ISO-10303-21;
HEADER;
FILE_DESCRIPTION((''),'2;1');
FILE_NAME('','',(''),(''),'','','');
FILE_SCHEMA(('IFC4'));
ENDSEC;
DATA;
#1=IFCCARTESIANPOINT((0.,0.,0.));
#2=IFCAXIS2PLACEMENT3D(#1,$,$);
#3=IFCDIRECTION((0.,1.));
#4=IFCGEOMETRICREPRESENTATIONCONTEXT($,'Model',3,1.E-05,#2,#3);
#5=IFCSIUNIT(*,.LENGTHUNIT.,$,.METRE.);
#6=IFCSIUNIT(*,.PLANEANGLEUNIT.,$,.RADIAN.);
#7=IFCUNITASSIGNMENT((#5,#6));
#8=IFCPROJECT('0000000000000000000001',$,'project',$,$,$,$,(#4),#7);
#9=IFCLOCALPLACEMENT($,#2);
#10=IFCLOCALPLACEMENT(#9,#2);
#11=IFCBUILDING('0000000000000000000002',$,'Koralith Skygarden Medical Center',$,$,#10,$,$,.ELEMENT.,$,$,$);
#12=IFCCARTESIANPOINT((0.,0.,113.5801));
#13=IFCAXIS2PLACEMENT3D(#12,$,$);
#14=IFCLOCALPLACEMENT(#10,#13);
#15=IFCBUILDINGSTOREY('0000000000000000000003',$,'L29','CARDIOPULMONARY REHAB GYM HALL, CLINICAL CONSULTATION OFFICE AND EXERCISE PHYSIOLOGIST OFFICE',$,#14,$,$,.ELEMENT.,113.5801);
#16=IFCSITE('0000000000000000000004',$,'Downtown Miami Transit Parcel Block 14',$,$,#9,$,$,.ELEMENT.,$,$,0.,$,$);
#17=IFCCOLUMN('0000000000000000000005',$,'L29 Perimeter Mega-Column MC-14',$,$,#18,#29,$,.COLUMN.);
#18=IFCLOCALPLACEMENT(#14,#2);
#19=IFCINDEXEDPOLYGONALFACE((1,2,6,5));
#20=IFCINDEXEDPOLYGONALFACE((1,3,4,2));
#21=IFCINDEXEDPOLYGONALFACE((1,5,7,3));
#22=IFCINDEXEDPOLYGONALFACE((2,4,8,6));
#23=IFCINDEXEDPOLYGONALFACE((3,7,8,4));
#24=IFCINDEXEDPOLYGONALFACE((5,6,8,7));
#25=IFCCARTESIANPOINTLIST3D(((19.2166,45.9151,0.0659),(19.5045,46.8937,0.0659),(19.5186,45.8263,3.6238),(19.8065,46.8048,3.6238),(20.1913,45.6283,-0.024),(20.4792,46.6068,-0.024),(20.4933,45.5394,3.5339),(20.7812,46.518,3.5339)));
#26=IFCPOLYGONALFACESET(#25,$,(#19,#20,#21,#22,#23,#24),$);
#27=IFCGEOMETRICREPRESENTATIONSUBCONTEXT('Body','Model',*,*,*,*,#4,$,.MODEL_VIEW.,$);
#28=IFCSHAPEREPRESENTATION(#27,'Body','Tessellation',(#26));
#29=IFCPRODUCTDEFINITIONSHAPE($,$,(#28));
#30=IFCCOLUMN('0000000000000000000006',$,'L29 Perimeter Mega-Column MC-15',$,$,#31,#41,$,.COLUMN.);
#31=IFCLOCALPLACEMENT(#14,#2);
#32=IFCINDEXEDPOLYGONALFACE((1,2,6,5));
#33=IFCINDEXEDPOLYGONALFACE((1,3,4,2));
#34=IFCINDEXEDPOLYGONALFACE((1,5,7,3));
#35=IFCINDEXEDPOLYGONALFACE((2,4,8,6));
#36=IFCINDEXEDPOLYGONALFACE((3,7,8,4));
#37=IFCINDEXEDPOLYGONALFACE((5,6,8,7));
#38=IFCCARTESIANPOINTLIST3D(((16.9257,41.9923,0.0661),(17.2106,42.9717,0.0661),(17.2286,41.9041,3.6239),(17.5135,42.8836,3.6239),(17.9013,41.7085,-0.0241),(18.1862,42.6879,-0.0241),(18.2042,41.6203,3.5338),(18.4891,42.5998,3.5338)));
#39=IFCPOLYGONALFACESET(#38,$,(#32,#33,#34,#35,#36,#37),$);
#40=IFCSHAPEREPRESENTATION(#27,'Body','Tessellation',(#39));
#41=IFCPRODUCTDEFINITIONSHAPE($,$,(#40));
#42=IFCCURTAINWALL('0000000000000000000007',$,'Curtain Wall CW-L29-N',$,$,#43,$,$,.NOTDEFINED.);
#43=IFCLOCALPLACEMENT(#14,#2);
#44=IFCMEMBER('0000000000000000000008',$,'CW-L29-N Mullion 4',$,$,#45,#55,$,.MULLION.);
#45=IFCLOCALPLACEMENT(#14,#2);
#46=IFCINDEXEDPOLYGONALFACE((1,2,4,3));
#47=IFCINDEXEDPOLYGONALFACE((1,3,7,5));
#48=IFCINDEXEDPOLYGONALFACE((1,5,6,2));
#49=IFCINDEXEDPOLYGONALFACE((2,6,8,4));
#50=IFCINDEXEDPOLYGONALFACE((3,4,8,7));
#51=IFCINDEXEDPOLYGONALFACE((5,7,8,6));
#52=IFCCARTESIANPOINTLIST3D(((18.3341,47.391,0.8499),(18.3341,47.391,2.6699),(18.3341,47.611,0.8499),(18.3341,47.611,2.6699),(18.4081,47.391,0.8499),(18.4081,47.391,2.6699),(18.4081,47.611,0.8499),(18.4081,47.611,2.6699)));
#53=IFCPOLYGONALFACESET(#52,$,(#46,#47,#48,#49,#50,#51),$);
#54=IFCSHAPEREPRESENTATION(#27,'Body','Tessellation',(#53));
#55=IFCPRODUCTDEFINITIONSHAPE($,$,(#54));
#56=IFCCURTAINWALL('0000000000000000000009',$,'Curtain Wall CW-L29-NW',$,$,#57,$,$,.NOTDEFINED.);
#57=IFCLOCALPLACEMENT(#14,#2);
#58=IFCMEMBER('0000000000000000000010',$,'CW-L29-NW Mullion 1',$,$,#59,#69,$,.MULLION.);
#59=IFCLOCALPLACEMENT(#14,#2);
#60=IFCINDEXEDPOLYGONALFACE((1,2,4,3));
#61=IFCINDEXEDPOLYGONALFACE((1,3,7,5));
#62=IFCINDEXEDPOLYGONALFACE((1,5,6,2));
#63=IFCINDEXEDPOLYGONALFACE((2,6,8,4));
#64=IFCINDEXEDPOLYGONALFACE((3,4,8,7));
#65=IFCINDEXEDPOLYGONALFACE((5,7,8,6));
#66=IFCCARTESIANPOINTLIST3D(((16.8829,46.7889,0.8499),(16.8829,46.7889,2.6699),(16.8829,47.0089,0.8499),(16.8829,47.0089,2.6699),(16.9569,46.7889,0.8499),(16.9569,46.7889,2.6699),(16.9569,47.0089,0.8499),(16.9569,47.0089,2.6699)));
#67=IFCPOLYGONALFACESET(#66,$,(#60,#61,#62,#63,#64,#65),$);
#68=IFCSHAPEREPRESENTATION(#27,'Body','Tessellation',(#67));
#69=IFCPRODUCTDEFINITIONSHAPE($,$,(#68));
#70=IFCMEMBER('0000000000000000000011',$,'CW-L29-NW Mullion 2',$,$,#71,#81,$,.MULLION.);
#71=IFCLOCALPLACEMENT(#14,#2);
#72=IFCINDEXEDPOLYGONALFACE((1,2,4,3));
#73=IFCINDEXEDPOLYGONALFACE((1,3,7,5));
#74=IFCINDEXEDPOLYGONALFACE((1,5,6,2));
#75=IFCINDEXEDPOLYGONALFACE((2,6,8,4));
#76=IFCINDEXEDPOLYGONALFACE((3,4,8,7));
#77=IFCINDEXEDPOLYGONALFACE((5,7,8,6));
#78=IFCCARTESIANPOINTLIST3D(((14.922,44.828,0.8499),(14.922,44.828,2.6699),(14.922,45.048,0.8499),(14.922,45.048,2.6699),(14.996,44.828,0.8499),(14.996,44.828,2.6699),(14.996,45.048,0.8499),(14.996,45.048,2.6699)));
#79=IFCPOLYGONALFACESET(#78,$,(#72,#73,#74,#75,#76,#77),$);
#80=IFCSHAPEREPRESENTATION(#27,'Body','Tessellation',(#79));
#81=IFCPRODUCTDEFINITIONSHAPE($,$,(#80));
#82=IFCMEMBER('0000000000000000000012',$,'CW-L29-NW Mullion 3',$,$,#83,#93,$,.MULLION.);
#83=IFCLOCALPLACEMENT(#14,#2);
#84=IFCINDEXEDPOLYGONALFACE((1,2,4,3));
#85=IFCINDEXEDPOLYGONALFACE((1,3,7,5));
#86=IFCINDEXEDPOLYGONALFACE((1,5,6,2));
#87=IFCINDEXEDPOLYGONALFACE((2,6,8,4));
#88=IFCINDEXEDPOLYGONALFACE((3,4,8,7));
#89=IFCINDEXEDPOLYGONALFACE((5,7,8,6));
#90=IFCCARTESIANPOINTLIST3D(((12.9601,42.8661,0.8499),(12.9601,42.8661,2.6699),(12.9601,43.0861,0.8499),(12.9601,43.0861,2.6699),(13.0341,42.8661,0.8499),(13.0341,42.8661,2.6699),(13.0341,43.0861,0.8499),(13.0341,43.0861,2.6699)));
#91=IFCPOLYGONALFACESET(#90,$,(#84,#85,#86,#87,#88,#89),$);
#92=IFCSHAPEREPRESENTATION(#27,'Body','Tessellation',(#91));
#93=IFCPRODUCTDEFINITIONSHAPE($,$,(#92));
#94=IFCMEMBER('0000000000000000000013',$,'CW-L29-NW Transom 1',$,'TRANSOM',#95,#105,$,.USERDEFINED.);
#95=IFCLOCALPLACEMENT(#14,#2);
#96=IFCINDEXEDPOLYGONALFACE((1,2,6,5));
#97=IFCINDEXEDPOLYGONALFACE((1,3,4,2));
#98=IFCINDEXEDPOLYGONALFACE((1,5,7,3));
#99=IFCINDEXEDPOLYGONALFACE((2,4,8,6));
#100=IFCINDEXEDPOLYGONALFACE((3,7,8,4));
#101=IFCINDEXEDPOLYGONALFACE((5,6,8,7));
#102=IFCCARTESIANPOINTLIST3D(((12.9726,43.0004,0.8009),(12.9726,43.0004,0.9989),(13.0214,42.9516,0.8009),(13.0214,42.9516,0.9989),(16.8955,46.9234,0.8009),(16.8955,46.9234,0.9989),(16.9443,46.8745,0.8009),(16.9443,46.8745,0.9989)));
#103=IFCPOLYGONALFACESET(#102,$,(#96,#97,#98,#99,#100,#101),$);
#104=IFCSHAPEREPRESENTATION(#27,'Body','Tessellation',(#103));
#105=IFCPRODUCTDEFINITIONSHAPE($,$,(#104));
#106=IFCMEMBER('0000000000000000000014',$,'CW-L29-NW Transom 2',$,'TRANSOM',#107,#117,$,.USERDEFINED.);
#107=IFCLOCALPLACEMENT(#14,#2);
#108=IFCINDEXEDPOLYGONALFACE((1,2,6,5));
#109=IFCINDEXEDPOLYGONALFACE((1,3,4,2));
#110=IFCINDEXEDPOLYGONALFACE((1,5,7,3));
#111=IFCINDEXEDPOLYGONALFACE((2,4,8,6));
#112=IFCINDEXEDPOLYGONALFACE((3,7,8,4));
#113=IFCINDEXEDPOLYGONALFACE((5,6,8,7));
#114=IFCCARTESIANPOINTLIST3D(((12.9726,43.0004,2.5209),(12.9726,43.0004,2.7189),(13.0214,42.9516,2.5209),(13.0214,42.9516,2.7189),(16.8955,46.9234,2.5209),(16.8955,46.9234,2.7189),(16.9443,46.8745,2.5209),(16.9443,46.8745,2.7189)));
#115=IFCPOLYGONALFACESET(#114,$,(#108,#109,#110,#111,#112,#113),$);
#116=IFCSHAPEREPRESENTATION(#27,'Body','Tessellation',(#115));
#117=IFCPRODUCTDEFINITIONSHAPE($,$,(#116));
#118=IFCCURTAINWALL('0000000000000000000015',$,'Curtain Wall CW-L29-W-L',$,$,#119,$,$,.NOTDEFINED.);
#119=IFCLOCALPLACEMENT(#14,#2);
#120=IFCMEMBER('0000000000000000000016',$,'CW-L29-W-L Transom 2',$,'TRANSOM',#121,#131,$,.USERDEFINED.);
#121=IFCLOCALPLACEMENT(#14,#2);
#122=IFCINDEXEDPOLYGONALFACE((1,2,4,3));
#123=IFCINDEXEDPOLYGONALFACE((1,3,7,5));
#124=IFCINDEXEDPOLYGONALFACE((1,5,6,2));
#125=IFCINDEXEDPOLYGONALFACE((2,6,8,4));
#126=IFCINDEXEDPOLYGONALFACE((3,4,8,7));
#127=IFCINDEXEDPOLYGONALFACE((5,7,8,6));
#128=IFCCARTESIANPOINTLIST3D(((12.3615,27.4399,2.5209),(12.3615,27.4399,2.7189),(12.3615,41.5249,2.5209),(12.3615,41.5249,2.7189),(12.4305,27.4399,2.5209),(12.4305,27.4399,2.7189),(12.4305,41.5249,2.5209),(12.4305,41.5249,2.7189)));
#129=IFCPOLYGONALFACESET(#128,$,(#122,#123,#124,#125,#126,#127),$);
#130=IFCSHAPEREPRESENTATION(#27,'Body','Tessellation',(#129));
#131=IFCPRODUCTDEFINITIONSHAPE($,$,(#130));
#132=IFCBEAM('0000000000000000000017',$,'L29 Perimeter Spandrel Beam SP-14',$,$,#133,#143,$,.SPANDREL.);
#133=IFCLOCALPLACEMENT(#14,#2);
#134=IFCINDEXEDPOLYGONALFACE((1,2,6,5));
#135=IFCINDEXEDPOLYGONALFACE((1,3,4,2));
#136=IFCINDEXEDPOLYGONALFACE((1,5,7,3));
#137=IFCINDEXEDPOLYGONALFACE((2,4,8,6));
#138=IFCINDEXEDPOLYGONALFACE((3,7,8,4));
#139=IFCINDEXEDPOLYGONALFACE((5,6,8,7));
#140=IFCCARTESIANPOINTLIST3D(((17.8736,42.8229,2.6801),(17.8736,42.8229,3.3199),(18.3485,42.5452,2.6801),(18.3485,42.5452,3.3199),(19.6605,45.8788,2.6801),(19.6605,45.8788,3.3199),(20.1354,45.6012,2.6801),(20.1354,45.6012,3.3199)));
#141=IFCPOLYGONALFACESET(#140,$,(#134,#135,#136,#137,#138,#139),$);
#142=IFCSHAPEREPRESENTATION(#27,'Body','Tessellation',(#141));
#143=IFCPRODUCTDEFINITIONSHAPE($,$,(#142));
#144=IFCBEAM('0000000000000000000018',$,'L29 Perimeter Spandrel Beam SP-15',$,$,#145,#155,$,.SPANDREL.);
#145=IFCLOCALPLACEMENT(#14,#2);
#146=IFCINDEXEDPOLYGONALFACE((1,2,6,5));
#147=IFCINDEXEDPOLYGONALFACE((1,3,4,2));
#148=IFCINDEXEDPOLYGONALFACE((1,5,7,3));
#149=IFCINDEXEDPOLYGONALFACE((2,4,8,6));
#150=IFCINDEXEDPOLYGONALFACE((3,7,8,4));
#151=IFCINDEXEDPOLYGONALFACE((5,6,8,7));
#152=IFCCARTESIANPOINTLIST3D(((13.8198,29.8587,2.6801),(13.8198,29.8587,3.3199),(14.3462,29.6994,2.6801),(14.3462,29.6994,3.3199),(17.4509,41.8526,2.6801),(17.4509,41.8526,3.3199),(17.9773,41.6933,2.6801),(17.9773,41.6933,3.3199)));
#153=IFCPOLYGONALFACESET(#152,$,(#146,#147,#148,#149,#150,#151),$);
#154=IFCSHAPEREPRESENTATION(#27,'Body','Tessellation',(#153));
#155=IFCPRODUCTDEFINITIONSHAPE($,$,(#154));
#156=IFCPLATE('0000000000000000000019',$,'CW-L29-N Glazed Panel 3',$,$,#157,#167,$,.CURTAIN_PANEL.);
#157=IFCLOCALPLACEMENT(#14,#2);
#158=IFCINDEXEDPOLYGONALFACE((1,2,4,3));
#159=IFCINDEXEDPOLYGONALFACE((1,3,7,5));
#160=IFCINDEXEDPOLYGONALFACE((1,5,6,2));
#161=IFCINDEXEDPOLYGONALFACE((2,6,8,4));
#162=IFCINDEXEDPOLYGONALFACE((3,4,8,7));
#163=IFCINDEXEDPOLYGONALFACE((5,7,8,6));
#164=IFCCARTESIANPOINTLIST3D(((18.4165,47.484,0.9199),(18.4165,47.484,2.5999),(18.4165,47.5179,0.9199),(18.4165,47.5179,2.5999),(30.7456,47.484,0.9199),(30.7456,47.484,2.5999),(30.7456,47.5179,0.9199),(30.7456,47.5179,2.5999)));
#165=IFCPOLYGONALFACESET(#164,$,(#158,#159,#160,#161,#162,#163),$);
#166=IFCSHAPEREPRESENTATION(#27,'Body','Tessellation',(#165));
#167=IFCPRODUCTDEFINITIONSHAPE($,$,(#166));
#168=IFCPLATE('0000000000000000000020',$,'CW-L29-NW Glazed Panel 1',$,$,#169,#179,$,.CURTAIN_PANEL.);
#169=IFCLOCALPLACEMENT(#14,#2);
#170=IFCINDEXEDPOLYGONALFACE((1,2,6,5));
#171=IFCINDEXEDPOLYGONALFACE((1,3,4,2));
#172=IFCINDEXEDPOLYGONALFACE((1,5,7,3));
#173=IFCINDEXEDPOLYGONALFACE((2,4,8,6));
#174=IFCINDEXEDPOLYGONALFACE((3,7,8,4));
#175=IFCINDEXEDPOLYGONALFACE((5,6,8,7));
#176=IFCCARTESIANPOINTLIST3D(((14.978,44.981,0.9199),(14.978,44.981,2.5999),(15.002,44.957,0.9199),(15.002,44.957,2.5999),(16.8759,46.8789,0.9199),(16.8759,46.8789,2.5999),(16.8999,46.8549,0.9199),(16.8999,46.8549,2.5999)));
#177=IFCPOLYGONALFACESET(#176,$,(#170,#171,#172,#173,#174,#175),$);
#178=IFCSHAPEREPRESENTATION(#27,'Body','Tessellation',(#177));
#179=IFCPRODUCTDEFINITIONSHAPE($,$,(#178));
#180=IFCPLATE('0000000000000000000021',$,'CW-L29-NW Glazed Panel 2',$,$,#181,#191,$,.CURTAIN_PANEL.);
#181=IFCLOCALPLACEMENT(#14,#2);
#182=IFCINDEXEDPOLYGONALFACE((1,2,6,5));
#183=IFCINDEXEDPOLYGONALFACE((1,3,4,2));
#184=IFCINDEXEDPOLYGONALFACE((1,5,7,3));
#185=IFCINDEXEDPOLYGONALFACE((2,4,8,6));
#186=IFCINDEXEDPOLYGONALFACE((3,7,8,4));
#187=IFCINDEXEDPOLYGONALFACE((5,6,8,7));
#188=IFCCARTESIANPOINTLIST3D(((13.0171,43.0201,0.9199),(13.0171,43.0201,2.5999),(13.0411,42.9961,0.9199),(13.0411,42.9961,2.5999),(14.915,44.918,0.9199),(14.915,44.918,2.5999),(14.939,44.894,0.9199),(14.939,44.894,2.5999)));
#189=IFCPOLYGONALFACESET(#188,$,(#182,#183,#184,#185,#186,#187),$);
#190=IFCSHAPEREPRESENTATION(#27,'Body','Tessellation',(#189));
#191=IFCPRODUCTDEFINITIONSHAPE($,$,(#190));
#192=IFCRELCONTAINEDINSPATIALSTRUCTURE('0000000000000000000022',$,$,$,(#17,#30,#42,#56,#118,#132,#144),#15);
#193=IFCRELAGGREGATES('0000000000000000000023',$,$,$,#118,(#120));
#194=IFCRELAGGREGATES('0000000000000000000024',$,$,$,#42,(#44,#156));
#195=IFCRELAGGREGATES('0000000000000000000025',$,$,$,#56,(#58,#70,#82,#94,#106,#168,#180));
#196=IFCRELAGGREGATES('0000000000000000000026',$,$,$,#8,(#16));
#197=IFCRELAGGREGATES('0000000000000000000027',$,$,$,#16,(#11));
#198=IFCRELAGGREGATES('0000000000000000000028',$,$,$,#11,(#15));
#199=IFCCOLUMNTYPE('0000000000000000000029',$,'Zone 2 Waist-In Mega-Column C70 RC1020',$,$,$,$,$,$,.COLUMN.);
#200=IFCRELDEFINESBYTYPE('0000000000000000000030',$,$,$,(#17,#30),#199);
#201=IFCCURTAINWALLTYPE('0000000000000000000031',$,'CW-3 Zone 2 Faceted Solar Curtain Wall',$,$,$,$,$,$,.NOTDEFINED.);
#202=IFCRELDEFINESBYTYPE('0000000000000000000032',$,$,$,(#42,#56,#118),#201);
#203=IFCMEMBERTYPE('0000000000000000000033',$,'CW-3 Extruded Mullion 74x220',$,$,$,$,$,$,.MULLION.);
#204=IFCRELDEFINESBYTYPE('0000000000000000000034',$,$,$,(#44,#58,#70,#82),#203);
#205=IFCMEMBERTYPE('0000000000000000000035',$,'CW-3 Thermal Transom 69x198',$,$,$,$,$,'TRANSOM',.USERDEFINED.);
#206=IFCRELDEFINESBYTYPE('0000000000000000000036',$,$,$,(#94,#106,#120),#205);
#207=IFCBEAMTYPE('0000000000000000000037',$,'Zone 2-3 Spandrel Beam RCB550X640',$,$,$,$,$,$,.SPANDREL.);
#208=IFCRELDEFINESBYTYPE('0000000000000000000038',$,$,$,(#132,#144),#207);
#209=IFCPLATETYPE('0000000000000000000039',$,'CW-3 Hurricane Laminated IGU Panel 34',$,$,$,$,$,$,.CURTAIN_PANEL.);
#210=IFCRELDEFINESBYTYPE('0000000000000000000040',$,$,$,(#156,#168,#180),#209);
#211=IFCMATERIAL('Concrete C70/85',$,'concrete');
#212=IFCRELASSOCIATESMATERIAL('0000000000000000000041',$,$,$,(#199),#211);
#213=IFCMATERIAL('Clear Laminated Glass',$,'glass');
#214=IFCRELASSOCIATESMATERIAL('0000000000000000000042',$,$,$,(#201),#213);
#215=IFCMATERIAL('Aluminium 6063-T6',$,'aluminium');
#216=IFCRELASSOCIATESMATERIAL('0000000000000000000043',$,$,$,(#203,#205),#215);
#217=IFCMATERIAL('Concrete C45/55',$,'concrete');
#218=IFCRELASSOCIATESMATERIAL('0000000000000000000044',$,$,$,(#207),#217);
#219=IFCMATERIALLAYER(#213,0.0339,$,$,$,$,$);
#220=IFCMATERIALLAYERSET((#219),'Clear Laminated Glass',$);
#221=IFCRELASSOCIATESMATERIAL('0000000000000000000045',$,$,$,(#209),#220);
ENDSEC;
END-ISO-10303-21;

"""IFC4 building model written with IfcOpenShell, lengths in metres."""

from ifc_helpers import new_model, si_unit, direction, frame, origin, origin_2d, place, context, subcontext, project, spatial, rectangle, extrude, material, layer, layer_set, material_profile, profile_set, type_object, element, aggregate, save


model = new_model("IFC4")

# Units and contexts
model_context = context("Model", 3, precision=1e-05, world=origin(), true_north=direction((0.0, 1.0)))
body_context = subcontext(model_context, "Body", "Model", "MODEL_VIEW")
ifc_project = project(units=[si_unit("LENGTHUNIT", "METRE"), si_unit("PLANEANGLEUNIT", "RADIAN")], contexts=[model_context])

# Site, building, storey
site_placement = place(None, origin())
site = spatial("IfcSite", under=ifc_project, at=site_placement, Name="Downtown Miami Transit Parcel Block 14", CompositionType="ELEMENT", RefElevation=0.0)
building_placement = place(site_placement, origin())
building = spatial("IfcBuilding", under=site, at=building_placement, Name="Koralith Skygarden Medical Center", CompositionType="ELEMENT")
storey_placement = place(building_placement, frame((0.0, 0.0, 113.5801)))
storey = spatial("IfcBuildingStorey", under=building, at=storey_placement, Name="L29", Description="CARDIOPULMONARY REHAB GYM HALL, CLINICAL CONSULTATION OFFICE AND EXERCISE PHYSIOLOGIST OFFICE", CompositionType="ELEMENT", Elevation=113.5801)

# Columns
ifc_material_1 = material(Name="Concrete C70/85", Category="concrete")
ifc_material_profile_1 = material_profile(ifc_material_1, rectangle(XDim=1.02, YDim=1.02, at=origin_2d()), Name="RC1020X1020")
ifc_profile_set_1 = profile_set([ifc_material_profile_1], Name="Concrete C70/85")
column_type = type_object("IfcColumnType", Name="Zone 2 Waist-In Mega-Column C70 RC1020", PredefinedType="COLUMN", material=ifc_profile_set_1)
for number, where, z_axis, x_axis, name in (
    (1, (19.8479, 46.261, 0.021), (0.084553, -0.02488, 0.996108), (0.282292, 0.959328, 0.0), "L29 Perimeter Mega-Column MC-14"),
    (2, (17.5559, 42.3401, 0.021), (0.084825, -0.024675, 0.99609), (0.279317, 0.960199, 0.0), "L29 Perimeter Mega-Column MC-15"),
):
    element("IfcColumn", number, at=place(storey_placement, frame(where, z_axis=z_axis, x_axis=x_axis)), inside=storey, type_object=column_type, Name=name, PredefinedType="COLUMN", context=body_context, shape_type="SweptSolid", body=[
        extrude(rectangle(XDim=1.02, YDim=1.02, at=origin_2d()), origin(), (0.0, 0.0, 1.0), 3.5718),
    ])

# Curtain wall, member
ifc_material_2 = material(Name="Clear Laminated Glass", Category="glass")
curtain_wall_type = type_object("IfcCurtainWallType", Name="CW-3 Zone 2 Faceted Solar Curtain Wall", PredefinedType="NOTDEFINED", material=ifc_material_2)
curtain_wall_1_placement = place(storey_placement, origin())
curtain_wall_1 = element("IfcCurtainWall", 3, at=curtain_wall_1_placement, inside=storey, type_object=curtain_wall_type, Name="Curtain Wall CW-L29-N", PredefinedType="NOTDEFINED")
ifc_material_3 = material(Name="Aluminium 6063-T6", Category="aluminium")
ifc_material_profile_2 = material_profile(ifc_material_3, rectangle(XDim=0.074, YDim=0.22, at=origin_2d()), Name="MUL74X220")
ifc_profile_set_2 = profile_set([ifc_material_profile_2], Name="Aluminium 6063-T6")
member_type_1 = type_object("IfcMemberType", Name="CW-3 Extruded Mullion 74x220", PredefinedType="MULLION", material=ifc_profile_set_2)
member_1_placement = place(storey_placement, frame((18.3711, 47.501, 0.8499), z_axis=(0.0, 0.0, 1.0), x_axis=(1.0, 0.0, 0.0)))
member_1 = element("IfcMember", 4, at=member_1_placement, type_object=member_type_1, Name="CW-L29-N Mullion 4", PredefinedType="MULLION", context=body_context, shape_type="SweptSolid", body=[
    extrude(rectangle(XDim=0.074, YDim=0.22, at=origin_2d()), origin(), (0.0, 0.0, 1.0), 1.8201),
])

# Curtain wall, members
curtain_wall_2_placement = place(storey_placement, origin())
curtain_wall_2 = element("IfcCurtainWall", 5, at=curtain_wall_2_placement, inside=storey, type_object=curtain_wall_type, Name="Curtain Wall CW-L29-NW", PredefinedType="NOTDEFINED")
member_2_placement = place(storey_placement, frame((16.9199, 46.8989, 0.8499), z_axis=(0.0, 0.0, 1.0), x_axis=(1.0, 0.0, 0.0)))
member_2 = element("IfcMember", 6, at=member_2_placement, type_object=member_type_1, Name="CW-L29-NW Mullion 1", PredefinedType="MULLION", context=body_context, shape_type="SweptSolid", body=[
    extrude(rectangle(XDim=0.074, YDim=0.22, at=origin_2d()), origin(), (0.0, 0.0, 1.0), 1.8201),
])
member_3_placement = place(storey_placement, frame((14.959, 44.938, 0.8499), z_axis=(0.0, 0.0, 1.0), x_axis=(1.0, 0.0, 0.0)))
member_3 = element("IfcMember", 7, at=member_3_placement, type_object=member_type_1, Name="CW-L29-NW Mullion 2", PredefinedType="MULLION", context=body_context, shape_type="SweptSolid", body=[
    extrude(rectangle(XDim=0.074, YDim=0.22, at=origin_2d()), origin(), (0.0, 0.0, 1.0), 1.8201),
])
member_4_placement = place(storey_placement, frame((12.9971, 42.9761, 0.8499), z_axis=(0.0, 0.0, 1.0), x_axis=(1.0, 0.0, 0.0)))
member_4 = element("IfcMember", 8, at=member_4_placement, type_object=member_type_1, Name="CW-L29-NW Mullion 3", PredefinedType="MULLION", context=body_context, shape_type="SweptSolid", body=[
    extrude(rectangle(XDim=0.074, YDim=0.22, at=origin_2d()), origin(), (0.0, 0.0, 1.0), 1.8201),
])
ifc_material_profile_3 = material_profile(ifc_material_3, rectangle(XDim=0.0691, YDim=0.198, at=origin_2d()), Name="TRN69X198")
ifc_profile_set_3 = profile_set([ifc_material_profile_3], Name="Aluminium 6063-T6")
member_type_2 = type_object("IfcMemberType", Name="CW-3 Thermal Transom 69x198", ElementType="TRANSOM", PredefinedType="USERDEFINED", material=ifc_profile_set_3)
member_5_placement = place(storey_placement, frame((16.9199, 46.8989, 0.8999), z_axis=(-0.707107, -0.707107, 0.0), x_axis=(0.707107, -0.707107, 0.0)))
member_5 = element("IfcMember", 9, at=member_5_placement, type_object=member_type_2, Name="CW-L29-NW Transom 1", ObjectType="TRANSOM", PredefinedType="USERDEFINED", context=body_context, shape_type="SweptSolid", body=[
    extrude(rectangle(XDim=0.0691, YDim=0.198, at=origin_2d()), origin(), (0.0, 0.0, 1.0), 5.5479),
])
member_6_placement = place(storey_placement, frame((16.9199, 46.8989, 2.6199), z_axis=(-0.707107, -0.707107, 0.0), x_axis=(0.707107, -0.707107, 0.0)))
member_6 = element("IfcMember", 10, at=member_6_placement, type_object=member_type_2, Name="CW-L29-NW Transom 2", ObjectType="TRANSOM", PredefinedType="USERDEFINED", context=body_context, shape_type="SweptSolid", body=[
    extrude(rectangle(XDim=0.0691, YDim=0.198, at=origin_2d()), origin(), (0.0, 0.0, 1.0), 5.5479),
])

# Curtain wall, member
curtain_wall_3_placement = place(storey_placement, origin())
curtain_wall_3 = element("IfcCurtainWall", 11, at=curtain_wall_3_placement, inside=storey, type_object=curtain_wall_type, Name="Curtain Wall CW-L29-W-L", PredefinedType="NOTDEFINED")
member_7_placement = place(storey_placement, frame((12.396, 41.5249, 2.6199), z_axis=(0.0, -1.0, 0.0), x_axis=(1.0, 0.0, 0.0)))
member_7 = element("IfcMember", 12, at=member_7_placement, type_object=member_type_2, Name="CW-L29-W-L Transom 2", ObjectType="TRANSOM", PredefinedType="USERDEFINED", context=body_context, shape_type="SweptSolid", body=[
    extrude(rectangle(XDim=0.0691, YDim=0.198, at=origin_2d()), origin(), (0.0, 0.0, 1.0), 14.085),
])
aggregate(curtain_wall_3, [member_7])

# Beams
ifc_material_4 = material(Name="Concrete C45/55", Category="concrete")
ifc_material_profile_4 = material_profile(ifc_material_4, rectangle(XDim=0.55, YDim=0.6399, at=origin_2d()), Name="RCB550X640")
ifc_profile_set_4 = profile_set([ifc_material_profile_4], Name="Concrete C45/55")
beam_type = type_object("IfcBeamType", Name="Zone 2-3 Spandrel Beam RCB550X640", PredefinedType="SPANDREL", material=ifc_profile_set_4)
beam_1_placement = place(storey_placement, frame((19.8979, 45.74, 3.0), z_axis=(-0.504767, -0.863256, 0.0), x_axis=(0.863256, -0.504767, 0.0)))
element("IfcBeam", 13, at=beam_1_placement, inside=storey, type_object=beam_type, Name="L29 Perimeter Spandrel Beam SP-14", PredefinedType="SPANDREL", context=body_context, shape_type="SweptSolid", body=[
    extrude(rectangle(XDim=0.55, YDim=0.6399, at=origin_2d()), origin(), (0.0, 0.0, 1.0), 3.54),
])
beam_2_placement = place(storey_placement, frame((17.7141, 41.7729, 3.0), z_axis=(-0.289758, -0.9571, 0.0), x_axis=(0.9571, -0.289758, 0.0)))
element("IfcBeam", 14, at=beam_2_placement, inside=storey, type_object=beam_type, Name="L29 Perimeter Spandrel Beam SP-15", PredefinedType="SPANDREL", context=body_context, shape_type="SweptSolid", body=[
    extrude(rectangle(XDim=0.55, YDim=0.6399, at=origin_2d()), origin(), (0.0, 0.0, 1.0), 12.5315),
])

# Plates
ifc_layer_1 = layer(ifc_material_2, 0.0339)
ifc_layer_set_1 = layer_set([ifc_layer_1], Name="Clear Laminated Glass")
plate_type_1 = type_object("IfcPlateType", Name="CW-3 Hurricane Laminated IGU Panel 34", PredefinedType="CURTAIN_PANEL", material=ifc_layer_set_1)
plate_1_placement = place(storey_placement, frame((24.5811, 47.501, 0.9199), z_axis=(0.0, 0.0, 1.0), x_axis=(-1.0, 0.0, 0.0)))
plate_1 = element("IfcPlate", 15, at=plate_1_placement, type_object=plate_type_1, Name="CW-L29-N Glazed Panel 3", PredefinedType="CURTAIN_PANEL", context=body_context, shape_type="SweptSolid", body=[
    extrude(rectangle(XDim=12.3291, YDim=0.0339, at=origin_2d()), origin(), (0.0, 0.0, 1.0), 1.6799),
])
aggregate(curtain_wall_1, [member_1, plate_1])
plate_2_placement = place(storey_placement, frame((15.939, 45.918, 0.9199), z_axis=(0.0, 0.0, 1.0), x_axis=(-0.707107, -0.707107, 0.0)))
plate_2 = element("IfcPlate", 16, at=plate_2_placement, type_object=plate_type_1, Name="CW-L29-NW Glazed Panel 1", PredefinedType="CURTAIN_PANEL", context=body_context, shape_type="SweptSolid", body=[
    extrude(rectangle(XDim=2.6841, YDim=0.0339, at=origin_2d()), origin(), (0.0, 0.0, 1.0), 1.6799),
])
plate_3_placement = place(storey_placement, frame((13.978, 43.957, 0.9199), z_axis=(0.0, 0.0, 1.0), x_axis=(-0.707107, -0.707107, 0.0)))
plate_3 = element("IfcPlate", 17, at=plate_3_placement, type_object=plate_type_1, Name="CW-L29-NW Glazed Panel 2", PredefinedType="CURTAIN_PANEL", context=body_context, shape_type="SweptSolid", body=[
    extrude(rectangle(XDim=2.6841, YDim=0.0339, at=origin_2d()), origin(), (0.0, 0.0, 1.0), 1.6799),
])
aggregate(curtain_wall_2, [member_2, member_3, member_4, member_5, member_6, plate_2, plate_3])

save(model, "model.ifc")
